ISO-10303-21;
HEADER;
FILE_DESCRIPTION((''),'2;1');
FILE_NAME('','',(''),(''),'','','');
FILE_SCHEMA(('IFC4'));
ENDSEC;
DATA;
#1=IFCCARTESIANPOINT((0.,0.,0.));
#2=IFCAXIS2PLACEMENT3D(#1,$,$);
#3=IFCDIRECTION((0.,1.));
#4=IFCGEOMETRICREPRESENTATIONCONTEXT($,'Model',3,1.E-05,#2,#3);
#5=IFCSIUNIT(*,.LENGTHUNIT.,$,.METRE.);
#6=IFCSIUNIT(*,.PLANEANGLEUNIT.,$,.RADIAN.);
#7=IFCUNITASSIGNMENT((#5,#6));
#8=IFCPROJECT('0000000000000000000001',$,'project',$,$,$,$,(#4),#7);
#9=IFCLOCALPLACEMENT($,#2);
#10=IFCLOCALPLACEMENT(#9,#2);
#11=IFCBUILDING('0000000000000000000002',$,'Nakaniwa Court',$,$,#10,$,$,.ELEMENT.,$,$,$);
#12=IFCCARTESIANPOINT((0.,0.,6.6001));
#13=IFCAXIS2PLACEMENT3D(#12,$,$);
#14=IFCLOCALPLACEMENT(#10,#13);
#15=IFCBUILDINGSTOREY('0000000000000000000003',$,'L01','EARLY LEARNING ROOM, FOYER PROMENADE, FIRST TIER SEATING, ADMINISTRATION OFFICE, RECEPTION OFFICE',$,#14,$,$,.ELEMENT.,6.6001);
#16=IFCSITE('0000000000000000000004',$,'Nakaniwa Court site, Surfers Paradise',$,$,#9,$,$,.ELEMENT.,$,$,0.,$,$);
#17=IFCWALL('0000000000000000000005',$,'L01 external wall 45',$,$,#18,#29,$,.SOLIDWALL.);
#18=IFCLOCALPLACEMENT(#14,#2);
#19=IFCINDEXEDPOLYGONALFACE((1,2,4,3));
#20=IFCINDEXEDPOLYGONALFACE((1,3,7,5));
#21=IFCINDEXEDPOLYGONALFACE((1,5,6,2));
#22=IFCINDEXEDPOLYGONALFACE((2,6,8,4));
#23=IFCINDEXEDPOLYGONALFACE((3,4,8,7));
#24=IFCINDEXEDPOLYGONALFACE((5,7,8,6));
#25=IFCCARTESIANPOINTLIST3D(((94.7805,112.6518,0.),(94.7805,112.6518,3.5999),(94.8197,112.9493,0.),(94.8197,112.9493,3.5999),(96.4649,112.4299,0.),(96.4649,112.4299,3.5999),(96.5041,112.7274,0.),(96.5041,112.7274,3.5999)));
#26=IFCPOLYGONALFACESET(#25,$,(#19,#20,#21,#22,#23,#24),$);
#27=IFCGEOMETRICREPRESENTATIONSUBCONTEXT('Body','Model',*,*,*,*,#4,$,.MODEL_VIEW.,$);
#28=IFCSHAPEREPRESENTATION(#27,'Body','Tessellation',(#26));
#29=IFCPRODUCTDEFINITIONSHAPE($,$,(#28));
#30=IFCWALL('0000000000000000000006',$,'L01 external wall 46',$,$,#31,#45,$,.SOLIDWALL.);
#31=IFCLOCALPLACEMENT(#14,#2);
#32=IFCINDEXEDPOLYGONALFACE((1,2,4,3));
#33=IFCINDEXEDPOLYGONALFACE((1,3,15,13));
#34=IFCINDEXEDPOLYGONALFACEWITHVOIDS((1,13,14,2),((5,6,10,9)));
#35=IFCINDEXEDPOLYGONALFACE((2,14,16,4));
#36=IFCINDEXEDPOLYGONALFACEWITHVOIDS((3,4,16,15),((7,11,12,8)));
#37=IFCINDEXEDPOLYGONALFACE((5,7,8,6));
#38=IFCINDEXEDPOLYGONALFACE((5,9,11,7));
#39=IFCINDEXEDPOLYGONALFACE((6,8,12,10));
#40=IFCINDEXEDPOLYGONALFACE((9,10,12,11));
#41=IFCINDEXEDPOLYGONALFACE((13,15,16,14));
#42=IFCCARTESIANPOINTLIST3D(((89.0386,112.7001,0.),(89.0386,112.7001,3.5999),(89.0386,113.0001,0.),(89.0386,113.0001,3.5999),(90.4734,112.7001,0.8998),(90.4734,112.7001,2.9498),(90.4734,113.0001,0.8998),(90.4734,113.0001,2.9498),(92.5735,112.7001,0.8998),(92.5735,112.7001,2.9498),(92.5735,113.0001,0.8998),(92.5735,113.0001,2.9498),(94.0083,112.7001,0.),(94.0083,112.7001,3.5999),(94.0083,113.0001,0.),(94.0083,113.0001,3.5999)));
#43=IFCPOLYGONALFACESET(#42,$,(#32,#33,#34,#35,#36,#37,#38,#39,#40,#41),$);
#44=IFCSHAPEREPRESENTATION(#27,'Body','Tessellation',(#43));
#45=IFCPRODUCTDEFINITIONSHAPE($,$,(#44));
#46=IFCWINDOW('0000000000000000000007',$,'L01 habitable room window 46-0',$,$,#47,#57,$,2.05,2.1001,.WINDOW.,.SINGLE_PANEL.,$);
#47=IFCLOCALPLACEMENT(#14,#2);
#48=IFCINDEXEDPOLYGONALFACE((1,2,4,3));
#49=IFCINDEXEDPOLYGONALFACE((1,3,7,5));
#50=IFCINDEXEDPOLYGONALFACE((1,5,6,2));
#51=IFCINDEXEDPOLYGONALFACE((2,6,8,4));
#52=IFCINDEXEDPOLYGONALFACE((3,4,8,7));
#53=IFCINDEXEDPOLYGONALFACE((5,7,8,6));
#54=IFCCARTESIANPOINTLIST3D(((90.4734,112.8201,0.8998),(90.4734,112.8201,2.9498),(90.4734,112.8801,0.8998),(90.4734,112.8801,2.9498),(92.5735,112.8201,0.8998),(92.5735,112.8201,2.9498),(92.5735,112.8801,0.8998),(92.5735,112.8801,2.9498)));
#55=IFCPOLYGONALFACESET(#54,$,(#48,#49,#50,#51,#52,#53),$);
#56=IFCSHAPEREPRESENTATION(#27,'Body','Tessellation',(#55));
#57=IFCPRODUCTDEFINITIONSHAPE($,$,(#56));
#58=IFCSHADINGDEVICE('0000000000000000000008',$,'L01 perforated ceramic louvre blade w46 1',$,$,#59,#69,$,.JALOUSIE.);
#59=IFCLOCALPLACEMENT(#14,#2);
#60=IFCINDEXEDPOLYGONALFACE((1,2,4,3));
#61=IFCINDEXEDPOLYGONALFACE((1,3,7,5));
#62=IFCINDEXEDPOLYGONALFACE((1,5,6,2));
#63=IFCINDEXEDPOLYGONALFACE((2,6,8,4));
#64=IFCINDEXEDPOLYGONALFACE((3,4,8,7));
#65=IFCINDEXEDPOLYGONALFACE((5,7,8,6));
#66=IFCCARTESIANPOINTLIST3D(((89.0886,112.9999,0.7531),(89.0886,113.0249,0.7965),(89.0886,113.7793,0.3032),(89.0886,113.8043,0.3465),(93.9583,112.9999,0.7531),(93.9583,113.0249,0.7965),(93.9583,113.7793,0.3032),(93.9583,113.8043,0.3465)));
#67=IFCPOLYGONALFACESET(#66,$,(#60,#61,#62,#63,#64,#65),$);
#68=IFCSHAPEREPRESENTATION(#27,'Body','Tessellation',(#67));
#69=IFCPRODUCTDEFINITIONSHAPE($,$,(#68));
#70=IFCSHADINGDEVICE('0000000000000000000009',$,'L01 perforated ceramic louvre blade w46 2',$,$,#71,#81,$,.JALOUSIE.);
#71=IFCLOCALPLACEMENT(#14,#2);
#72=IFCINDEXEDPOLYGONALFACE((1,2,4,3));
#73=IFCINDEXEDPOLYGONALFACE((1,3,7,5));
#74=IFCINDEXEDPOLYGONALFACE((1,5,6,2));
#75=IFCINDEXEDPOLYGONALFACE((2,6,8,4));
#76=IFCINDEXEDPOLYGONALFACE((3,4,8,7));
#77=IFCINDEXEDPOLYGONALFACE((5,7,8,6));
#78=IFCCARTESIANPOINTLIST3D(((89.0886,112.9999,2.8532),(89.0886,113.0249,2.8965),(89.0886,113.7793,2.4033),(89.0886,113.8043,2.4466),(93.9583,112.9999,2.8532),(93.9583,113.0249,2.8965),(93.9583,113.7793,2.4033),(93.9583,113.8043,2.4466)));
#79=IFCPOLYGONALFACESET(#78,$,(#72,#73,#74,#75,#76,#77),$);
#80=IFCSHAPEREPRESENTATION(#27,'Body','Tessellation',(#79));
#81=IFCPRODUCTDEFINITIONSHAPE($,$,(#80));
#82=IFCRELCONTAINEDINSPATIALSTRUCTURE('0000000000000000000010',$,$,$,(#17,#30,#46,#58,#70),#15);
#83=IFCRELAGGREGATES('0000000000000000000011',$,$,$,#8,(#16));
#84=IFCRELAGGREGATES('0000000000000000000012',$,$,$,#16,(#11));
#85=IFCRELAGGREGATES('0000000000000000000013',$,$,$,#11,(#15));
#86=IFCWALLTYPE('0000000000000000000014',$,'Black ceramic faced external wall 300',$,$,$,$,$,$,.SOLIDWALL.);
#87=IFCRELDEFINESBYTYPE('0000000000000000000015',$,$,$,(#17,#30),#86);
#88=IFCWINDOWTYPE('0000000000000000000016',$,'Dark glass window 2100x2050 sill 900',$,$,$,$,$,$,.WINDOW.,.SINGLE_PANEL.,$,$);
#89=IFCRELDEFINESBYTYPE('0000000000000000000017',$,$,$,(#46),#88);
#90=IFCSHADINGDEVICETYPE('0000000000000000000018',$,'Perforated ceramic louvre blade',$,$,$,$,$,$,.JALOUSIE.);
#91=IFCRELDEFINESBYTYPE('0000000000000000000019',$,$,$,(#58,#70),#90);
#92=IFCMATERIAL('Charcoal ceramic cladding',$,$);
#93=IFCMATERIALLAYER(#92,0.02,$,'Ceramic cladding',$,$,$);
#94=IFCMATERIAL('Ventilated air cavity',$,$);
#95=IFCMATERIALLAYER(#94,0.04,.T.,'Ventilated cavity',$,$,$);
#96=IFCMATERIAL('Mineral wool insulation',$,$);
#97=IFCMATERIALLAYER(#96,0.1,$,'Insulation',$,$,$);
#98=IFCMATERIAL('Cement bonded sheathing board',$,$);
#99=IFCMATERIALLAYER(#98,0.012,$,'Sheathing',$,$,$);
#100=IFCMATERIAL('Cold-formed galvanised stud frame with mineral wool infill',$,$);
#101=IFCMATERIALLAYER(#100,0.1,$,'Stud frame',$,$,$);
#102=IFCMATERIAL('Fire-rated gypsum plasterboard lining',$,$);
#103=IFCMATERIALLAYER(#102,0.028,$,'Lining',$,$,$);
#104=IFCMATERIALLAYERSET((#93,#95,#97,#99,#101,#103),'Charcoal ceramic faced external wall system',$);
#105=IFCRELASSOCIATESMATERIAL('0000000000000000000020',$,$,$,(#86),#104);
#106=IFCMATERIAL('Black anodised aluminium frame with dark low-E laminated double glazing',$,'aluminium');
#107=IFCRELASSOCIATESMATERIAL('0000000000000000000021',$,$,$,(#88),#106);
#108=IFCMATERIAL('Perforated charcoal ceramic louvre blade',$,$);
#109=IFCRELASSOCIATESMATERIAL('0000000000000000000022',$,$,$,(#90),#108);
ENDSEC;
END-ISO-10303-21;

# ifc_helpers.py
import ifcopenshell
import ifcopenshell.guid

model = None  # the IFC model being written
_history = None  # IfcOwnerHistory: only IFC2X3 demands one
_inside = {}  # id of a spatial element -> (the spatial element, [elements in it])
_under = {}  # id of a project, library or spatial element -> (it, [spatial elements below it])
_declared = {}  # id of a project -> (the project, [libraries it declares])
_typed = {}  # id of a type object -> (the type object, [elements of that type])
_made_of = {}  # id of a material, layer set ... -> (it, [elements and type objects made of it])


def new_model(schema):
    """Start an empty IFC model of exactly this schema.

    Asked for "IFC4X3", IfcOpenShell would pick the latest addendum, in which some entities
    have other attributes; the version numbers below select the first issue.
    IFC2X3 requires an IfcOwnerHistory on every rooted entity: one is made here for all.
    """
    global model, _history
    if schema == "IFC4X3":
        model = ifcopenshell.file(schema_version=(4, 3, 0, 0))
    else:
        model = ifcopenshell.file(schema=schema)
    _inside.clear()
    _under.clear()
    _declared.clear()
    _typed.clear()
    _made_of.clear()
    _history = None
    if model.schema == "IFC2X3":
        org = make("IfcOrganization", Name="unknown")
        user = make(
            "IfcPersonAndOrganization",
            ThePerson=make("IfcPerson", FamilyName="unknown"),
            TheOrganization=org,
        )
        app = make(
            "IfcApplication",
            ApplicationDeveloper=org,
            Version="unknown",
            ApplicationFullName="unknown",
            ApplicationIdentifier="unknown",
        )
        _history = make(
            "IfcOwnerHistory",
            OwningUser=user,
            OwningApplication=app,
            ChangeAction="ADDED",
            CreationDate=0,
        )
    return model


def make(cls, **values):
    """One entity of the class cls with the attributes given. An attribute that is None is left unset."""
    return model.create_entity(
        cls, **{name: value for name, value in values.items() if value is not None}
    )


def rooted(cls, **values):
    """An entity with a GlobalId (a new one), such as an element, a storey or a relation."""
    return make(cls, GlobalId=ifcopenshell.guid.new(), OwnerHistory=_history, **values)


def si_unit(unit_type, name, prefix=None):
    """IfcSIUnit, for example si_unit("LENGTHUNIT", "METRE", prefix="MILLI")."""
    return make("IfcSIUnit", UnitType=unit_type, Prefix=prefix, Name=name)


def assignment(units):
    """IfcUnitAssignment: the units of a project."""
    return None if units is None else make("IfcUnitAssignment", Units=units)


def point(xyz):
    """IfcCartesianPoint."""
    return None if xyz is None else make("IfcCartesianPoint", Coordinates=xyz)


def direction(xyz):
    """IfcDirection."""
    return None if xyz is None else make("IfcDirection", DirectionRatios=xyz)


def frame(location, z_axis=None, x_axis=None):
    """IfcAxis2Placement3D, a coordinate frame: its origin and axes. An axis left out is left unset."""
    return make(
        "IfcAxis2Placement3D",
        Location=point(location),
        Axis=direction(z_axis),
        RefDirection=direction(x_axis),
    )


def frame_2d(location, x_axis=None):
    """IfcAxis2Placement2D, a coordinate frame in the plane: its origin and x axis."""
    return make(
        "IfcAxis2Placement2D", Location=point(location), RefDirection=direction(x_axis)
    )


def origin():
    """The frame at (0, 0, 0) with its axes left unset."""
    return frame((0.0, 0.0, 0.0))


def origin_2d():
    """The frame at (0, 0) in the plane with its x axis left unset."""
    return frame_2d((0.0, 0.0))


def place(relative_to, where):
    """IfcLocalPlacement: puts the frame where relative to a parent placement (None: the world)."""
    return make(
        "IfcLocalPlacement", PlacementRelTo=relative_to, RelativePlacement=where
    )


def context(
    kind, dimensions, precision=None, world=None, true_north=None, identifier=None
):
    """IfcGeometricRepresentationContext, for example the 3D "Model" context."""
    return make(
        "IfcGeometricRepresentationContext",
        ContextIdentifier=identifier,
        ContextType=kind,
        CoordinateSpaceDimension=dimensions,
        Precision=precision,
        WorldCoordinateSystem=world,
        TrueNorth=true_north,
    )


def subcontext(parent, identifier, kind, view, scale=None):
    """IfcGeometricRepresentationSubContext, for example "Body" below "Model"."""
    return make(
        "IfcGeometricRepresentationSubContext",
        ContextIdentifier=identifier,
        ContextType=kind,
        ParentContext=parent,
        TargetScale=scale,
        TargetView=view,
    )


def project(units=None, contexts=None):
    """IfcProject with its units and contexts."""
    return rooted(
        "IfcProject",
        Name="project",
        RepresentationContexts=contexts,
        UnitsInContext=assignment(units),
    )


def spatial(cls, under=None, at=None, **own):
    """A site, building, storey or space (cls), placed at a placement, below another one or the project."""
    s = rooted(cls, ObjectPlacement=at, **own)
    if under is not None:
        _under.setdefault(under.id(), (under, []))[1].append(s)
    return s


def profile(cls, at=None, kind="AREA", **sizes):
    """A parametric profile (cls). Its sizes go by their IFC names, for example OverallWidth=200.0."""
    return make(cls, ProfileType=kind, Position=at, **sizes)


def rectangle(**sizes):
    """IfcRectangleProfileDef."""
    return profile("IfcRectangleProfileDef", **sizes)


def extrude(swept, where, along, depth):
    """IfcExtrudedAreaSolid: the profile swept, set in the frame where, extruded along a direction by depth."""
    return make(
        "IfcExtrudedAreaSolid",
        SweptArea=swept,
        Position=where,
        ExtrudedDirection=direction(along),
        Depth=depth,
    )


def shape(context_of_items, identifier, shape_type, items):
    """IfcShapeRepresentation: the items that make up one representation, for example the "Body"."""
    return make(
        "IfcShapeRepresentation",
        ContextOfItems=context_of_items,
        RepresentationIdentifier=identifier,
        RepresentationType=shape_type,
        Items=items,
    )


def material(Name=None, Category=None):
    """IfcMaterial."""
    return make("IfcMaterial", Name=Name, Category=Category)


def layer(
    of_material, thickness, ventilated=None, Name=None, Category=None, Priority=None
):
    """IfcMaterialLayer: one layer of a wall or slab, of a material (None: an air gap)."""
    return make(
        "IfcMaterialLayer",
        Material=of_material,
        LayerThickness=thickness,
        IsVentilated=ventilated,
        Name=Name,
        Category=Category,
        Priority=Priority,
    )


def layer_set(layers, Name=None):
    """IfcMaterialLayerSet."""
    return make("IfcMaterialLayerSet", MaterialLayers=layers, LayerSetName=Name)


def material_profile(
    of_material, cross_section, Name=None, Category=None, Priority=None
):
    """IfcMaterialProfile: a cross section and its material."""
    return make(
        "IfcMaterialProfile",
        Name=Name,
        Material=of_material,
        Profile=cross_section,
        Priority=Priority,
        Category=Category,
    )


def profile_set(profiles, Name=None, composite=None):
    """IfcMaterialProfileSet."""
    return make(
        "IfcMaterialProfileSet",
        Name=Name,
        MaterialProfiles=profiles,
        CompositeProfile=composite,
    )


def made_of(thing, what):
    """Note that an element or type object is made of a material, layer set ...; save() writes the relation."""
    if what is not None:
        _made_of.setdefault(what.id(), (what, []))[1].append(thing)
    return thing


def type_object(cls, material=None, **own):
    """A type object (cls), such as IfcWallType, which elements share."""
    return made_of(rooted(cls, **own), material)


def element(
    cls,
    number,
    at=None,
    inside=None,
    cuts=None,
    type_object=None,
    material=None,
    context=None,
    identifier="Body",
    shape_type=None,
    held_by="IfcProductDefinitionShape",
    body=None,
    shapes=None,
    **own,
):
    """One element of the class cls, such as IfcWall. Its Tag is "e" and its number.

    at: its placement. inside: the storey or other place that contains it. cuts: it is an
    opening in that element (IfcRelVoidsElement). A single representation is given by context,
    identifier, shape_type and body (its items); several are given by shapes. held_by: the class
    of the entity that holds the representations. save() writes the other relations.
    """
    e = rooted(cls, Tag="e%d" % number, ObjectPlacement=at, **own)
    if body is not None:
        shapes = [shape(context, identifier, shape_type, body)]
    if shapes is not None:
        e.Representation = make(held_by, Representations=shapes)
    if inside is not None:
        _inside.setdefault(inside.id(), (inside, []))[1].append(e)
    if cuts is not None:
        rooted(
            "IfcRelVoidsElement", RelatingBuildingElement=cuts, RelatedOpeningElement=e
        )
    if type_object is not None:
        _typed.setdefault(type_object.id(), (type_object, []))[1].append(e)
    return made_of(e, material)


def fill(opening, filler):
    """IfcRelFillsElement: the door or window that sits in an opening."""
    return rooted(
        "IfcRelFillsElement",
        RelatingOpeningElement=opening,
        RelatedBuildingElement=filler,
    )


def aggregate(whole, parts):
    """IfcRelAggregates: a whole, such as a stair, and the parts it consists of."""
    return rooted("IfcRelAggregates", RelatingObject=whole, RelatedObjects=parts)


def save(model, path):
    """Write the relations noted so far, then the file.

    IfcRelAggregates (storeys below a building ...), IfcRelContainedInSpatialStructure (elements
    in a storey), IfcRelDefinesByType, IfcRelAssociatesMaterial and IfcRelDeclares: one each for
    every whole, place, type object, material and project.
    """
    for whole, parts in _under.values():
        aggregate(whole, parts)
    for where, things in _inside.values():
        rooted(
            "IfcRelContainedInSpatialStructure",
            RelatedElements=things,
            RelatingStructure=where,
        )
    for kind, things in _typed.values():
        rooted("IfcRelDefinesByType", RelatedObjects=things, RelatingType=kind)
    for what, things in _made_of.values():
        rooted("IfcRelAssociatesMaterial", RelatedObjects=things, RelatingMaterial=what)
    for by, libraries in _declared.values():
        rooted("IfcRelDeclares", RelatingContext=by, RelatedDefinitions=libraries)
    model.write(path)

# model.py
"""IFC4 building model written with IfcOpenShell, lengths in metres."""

from ifc_helpers import new_model, si_unit, direction, frame, frame_2d, origin, origin_2d, place, context, subcontext, project, spatial, rectangle, extrude, material, layer, layer_set, material_profile, profile_set, type_object, element, fill, save


model = new_model("IFC4")

# Units and contexts
model_context = context("Model", 3, precision=1e-05, world=origin(), true_north=direction((0.0, 1.0)))
body_context = subcontext(model_context, "Body", "Model", "MODEL_VIEW")
ifc_project = project(units=[si_unit("LENGTHUNIT", "METRE"), si_unit("PLANEANGLEUNIT", "RADIAN")], contexts=[model_context])

# Site, building, storey
site_placement = place(None, origin())
site = spatial("IfcSite", under=ifc_project, at=site_placement, Name="Nakaniwa Court site, Surfers Paradise", CompositionType="ELEMENT", RefElevation=0.0)
building_placement = place(site_placement, origin())
building = spatial("IfcBuilding", under=site, at=building_placement, Name="Nakaniwa Court", CompositionType="ELEMENT")
storey_placement = place(building_placement, frame((0.0, 0.0, 6.6001)))
storey = spatial("IfcBuildingStorey", under=building, at=storey_placement, Name="L01", Description="EARLY LEARNING ROOM, FOYER PROMENADE, FIRST TIER SEATING, ADMINISTRATION OFFICE, RECEPTION OFFICE", CompositionType="ELEMENT", Elevation=6.6001)

# Shared definitions
ifc_material_1 = material(Name="Black anodised aluminium frame with dark low-E laminated double glazing", Category="aluminium")

# Shared definitions
ifc_material_2 = material(Name="Charcoal ceramic cladding")
ifc_layer_1 = layer(ifc_material_2, 0.02, Name="Ceramic cladding")
ifc_material_3 = material(Name="Ventilated air cavity")
ifc_layer_2 = layer(ifc_material_3, 0.04, ventilated=True, Name="Ventilated cavity")
ifc_material_4 = material(Name="Mineral wool insulation")
ifc_layer_3 = layer(ifc_material_4, 0.1, Name="Insulation")
ifc_material_5 = material(Name="Cement bonded sheathing board")
ifc_layer_4 = layer(ifc_material_5, 0.012, Name="Sheathing")
ifc_material_6 = material(Name="Cold-formed galvanised stud frame with mineral wool infill")
ifc_layer_5 = layer(ifc_material_6, 0.1, Name="Stud frame")
ifc_material_7 = material(Name="Fire-rated gypsum plasterboard lining")
ifc_layer_6 = layer(ifc_material_7, 0.028, Name="Lining")
ifc_layer_set_1 = layer_set([ifc_layer_1, ifc_layer_2, ifc_layer_3, ifc_layer_4, ifc_layer_5, ifc_layer_6], Name="Charcoal ceramic faced external wall system")
wall_type_1 = type_object("IfcWallType", Name="Black ceramic faced external wall 300", PredefinedType="SOLIDWALL", material=ifc_layer_set_1)
window_type = type_object("IfcWindowType", Name="Dark glass window 2100x2050 sill 900", PartitioningType="SINGLE_PANEL", PredefinedType="WINDOW", material=ifc_material_1)

# Wall
wall_1_placement = place(storey_placement, frame((96.4846, 112.5786, 0.0), z_axis=(0.0, 0.0, 1.0), x_axis=(-0.991431, 0.130629, 0.0)))
element("IfcWall", 1, at=wall_1_placement, inside=storey, type_object=wall_type_1, Name="L01 external wall 45", PredefinedType="SOLIDWALL", context=body_context, shape_type="SweptSolid", body=[
    extrude(rectangle(XDim=1.699, YDim=0.3, at=frame_2d((0.8496, 0.0))), origin(), (0.0, 0.0, 1.0), 3.5999),
])

# Wall, opening, window
wall_2_placement = place(storey_placement, frame((94.0083, 112.8501, 0.0), z_axis=(0.0, 0.0, 1.0), x_axis=(-1.0, 0.0, 0.0)))
wall_2 = element("IfcWall", 2, at=wall_2_placement, inside=storey, type_object=wall_type_1, Name="L01 external wall 46", PredefinedType="SOLIDWALL", context=body_context, shape_type="SweptSolid", body=[
    extrude(rectangle(XDim=4.9697, YDim=0.3, at=frame_2d((2.4849, 0.0))), origin(), (0.0, 0.0, 1.0), 3.5999),
])
opening_1_placement = place(wall_2_placement, frame((1.4348, 0.0, 0.8999)))
opening_1 = element("IfcOpeningElement", 3, at=opening_1_placement, cuts=wall_2, PredefinedType="OPENING", context=body_context, shape_type="SweptSolid", body=[
    extrude(rectangle(XDim=2.1001, YDim=2.05, at=frame_2d((1.05, 1.0249))), frame((0.0, 0.1599, 0.0), z_axis=(0.0, -1.0, 0.0), x_axis=(1.0, 0.0, 0.0)), (0.0, 0.0, 1.0), 0.3201),
])
window_1_placement = place(opening_1_placement, origin())
window_1 = element("IfcWindow", 4, at=window_1_placement, inside=storey, type_object=window_type, Name="L01 habitable room window 46-0", OverallHeight=2.05, OverallWidth=2.1001, PartitioningType="SINGLE_PANEL", PredefinedType="WINDOW", context=body_context, shape_type="SweptSolid", body=[
    extrude(rectangle(XDim=2.1001, YDim=2.05, at=frame_2d((1.05, 1.0249))), frame((0.0, 0.03, 0.0), z_axis=(0.0, -1.0, 0.0), x_axis=(1.0, 0.0, 0.0)), (0.0, 0.0, 1.0), 0.0601),
])
fill(opening_1, window_1)

# Shading devices
ifc_material_8 = material(Name="Perforated charcoal ceramic louvre blade")
ifc_material_profile_1 = material_profile(ifc_material_8, rectangle(XDim=0.8999, YDim=0.05, at=origin_2d()), Name="Perforated ceramic louvre blade")
ifc_profile_set_1 = profile_set([ifc_material_profile_1], Name="Perforated charcoal ceramic louvre blade")
shading_device_type = type_object("IfcShadingDeviceType", Name="Perforated ceramic louvre blade", PredefinedType="JALOUSIE", material=ifc_profile_set_1)
for number, where, z_axis, x_axis, name in (
    (5, (93.9583, 113.4021, 0.5498), (-1.0, 0.0, 0.0), (0.0, -0.866025, 0.5), "L01 perforated ceramic louvre blade w46 1"),
    (6, (93.9583, 113.4021, 2.6499), (-1.0, 0.0, 0.0), (0.0, -0.866025, 0.5), "L01 perforated ceramic louvre blade w46 2"),
):
    element("IfcShadingDevice", number, at=place(storey_placement, frame(where, z_axis=z_axis, x_axis=x_axis)), inside=storey, type_object=shading_device_type, Name=name, PredefinedType="JALOUSIE", context=body_context, shape_type="SweptSolid", body=[
        extrude(rectangle(XDim=0.8999, YDim=0.05, at=origin_2d()), origin(), (0.0, 0.0, 1.0), 4.8696),
    ])

save(model, "model.ifc")
